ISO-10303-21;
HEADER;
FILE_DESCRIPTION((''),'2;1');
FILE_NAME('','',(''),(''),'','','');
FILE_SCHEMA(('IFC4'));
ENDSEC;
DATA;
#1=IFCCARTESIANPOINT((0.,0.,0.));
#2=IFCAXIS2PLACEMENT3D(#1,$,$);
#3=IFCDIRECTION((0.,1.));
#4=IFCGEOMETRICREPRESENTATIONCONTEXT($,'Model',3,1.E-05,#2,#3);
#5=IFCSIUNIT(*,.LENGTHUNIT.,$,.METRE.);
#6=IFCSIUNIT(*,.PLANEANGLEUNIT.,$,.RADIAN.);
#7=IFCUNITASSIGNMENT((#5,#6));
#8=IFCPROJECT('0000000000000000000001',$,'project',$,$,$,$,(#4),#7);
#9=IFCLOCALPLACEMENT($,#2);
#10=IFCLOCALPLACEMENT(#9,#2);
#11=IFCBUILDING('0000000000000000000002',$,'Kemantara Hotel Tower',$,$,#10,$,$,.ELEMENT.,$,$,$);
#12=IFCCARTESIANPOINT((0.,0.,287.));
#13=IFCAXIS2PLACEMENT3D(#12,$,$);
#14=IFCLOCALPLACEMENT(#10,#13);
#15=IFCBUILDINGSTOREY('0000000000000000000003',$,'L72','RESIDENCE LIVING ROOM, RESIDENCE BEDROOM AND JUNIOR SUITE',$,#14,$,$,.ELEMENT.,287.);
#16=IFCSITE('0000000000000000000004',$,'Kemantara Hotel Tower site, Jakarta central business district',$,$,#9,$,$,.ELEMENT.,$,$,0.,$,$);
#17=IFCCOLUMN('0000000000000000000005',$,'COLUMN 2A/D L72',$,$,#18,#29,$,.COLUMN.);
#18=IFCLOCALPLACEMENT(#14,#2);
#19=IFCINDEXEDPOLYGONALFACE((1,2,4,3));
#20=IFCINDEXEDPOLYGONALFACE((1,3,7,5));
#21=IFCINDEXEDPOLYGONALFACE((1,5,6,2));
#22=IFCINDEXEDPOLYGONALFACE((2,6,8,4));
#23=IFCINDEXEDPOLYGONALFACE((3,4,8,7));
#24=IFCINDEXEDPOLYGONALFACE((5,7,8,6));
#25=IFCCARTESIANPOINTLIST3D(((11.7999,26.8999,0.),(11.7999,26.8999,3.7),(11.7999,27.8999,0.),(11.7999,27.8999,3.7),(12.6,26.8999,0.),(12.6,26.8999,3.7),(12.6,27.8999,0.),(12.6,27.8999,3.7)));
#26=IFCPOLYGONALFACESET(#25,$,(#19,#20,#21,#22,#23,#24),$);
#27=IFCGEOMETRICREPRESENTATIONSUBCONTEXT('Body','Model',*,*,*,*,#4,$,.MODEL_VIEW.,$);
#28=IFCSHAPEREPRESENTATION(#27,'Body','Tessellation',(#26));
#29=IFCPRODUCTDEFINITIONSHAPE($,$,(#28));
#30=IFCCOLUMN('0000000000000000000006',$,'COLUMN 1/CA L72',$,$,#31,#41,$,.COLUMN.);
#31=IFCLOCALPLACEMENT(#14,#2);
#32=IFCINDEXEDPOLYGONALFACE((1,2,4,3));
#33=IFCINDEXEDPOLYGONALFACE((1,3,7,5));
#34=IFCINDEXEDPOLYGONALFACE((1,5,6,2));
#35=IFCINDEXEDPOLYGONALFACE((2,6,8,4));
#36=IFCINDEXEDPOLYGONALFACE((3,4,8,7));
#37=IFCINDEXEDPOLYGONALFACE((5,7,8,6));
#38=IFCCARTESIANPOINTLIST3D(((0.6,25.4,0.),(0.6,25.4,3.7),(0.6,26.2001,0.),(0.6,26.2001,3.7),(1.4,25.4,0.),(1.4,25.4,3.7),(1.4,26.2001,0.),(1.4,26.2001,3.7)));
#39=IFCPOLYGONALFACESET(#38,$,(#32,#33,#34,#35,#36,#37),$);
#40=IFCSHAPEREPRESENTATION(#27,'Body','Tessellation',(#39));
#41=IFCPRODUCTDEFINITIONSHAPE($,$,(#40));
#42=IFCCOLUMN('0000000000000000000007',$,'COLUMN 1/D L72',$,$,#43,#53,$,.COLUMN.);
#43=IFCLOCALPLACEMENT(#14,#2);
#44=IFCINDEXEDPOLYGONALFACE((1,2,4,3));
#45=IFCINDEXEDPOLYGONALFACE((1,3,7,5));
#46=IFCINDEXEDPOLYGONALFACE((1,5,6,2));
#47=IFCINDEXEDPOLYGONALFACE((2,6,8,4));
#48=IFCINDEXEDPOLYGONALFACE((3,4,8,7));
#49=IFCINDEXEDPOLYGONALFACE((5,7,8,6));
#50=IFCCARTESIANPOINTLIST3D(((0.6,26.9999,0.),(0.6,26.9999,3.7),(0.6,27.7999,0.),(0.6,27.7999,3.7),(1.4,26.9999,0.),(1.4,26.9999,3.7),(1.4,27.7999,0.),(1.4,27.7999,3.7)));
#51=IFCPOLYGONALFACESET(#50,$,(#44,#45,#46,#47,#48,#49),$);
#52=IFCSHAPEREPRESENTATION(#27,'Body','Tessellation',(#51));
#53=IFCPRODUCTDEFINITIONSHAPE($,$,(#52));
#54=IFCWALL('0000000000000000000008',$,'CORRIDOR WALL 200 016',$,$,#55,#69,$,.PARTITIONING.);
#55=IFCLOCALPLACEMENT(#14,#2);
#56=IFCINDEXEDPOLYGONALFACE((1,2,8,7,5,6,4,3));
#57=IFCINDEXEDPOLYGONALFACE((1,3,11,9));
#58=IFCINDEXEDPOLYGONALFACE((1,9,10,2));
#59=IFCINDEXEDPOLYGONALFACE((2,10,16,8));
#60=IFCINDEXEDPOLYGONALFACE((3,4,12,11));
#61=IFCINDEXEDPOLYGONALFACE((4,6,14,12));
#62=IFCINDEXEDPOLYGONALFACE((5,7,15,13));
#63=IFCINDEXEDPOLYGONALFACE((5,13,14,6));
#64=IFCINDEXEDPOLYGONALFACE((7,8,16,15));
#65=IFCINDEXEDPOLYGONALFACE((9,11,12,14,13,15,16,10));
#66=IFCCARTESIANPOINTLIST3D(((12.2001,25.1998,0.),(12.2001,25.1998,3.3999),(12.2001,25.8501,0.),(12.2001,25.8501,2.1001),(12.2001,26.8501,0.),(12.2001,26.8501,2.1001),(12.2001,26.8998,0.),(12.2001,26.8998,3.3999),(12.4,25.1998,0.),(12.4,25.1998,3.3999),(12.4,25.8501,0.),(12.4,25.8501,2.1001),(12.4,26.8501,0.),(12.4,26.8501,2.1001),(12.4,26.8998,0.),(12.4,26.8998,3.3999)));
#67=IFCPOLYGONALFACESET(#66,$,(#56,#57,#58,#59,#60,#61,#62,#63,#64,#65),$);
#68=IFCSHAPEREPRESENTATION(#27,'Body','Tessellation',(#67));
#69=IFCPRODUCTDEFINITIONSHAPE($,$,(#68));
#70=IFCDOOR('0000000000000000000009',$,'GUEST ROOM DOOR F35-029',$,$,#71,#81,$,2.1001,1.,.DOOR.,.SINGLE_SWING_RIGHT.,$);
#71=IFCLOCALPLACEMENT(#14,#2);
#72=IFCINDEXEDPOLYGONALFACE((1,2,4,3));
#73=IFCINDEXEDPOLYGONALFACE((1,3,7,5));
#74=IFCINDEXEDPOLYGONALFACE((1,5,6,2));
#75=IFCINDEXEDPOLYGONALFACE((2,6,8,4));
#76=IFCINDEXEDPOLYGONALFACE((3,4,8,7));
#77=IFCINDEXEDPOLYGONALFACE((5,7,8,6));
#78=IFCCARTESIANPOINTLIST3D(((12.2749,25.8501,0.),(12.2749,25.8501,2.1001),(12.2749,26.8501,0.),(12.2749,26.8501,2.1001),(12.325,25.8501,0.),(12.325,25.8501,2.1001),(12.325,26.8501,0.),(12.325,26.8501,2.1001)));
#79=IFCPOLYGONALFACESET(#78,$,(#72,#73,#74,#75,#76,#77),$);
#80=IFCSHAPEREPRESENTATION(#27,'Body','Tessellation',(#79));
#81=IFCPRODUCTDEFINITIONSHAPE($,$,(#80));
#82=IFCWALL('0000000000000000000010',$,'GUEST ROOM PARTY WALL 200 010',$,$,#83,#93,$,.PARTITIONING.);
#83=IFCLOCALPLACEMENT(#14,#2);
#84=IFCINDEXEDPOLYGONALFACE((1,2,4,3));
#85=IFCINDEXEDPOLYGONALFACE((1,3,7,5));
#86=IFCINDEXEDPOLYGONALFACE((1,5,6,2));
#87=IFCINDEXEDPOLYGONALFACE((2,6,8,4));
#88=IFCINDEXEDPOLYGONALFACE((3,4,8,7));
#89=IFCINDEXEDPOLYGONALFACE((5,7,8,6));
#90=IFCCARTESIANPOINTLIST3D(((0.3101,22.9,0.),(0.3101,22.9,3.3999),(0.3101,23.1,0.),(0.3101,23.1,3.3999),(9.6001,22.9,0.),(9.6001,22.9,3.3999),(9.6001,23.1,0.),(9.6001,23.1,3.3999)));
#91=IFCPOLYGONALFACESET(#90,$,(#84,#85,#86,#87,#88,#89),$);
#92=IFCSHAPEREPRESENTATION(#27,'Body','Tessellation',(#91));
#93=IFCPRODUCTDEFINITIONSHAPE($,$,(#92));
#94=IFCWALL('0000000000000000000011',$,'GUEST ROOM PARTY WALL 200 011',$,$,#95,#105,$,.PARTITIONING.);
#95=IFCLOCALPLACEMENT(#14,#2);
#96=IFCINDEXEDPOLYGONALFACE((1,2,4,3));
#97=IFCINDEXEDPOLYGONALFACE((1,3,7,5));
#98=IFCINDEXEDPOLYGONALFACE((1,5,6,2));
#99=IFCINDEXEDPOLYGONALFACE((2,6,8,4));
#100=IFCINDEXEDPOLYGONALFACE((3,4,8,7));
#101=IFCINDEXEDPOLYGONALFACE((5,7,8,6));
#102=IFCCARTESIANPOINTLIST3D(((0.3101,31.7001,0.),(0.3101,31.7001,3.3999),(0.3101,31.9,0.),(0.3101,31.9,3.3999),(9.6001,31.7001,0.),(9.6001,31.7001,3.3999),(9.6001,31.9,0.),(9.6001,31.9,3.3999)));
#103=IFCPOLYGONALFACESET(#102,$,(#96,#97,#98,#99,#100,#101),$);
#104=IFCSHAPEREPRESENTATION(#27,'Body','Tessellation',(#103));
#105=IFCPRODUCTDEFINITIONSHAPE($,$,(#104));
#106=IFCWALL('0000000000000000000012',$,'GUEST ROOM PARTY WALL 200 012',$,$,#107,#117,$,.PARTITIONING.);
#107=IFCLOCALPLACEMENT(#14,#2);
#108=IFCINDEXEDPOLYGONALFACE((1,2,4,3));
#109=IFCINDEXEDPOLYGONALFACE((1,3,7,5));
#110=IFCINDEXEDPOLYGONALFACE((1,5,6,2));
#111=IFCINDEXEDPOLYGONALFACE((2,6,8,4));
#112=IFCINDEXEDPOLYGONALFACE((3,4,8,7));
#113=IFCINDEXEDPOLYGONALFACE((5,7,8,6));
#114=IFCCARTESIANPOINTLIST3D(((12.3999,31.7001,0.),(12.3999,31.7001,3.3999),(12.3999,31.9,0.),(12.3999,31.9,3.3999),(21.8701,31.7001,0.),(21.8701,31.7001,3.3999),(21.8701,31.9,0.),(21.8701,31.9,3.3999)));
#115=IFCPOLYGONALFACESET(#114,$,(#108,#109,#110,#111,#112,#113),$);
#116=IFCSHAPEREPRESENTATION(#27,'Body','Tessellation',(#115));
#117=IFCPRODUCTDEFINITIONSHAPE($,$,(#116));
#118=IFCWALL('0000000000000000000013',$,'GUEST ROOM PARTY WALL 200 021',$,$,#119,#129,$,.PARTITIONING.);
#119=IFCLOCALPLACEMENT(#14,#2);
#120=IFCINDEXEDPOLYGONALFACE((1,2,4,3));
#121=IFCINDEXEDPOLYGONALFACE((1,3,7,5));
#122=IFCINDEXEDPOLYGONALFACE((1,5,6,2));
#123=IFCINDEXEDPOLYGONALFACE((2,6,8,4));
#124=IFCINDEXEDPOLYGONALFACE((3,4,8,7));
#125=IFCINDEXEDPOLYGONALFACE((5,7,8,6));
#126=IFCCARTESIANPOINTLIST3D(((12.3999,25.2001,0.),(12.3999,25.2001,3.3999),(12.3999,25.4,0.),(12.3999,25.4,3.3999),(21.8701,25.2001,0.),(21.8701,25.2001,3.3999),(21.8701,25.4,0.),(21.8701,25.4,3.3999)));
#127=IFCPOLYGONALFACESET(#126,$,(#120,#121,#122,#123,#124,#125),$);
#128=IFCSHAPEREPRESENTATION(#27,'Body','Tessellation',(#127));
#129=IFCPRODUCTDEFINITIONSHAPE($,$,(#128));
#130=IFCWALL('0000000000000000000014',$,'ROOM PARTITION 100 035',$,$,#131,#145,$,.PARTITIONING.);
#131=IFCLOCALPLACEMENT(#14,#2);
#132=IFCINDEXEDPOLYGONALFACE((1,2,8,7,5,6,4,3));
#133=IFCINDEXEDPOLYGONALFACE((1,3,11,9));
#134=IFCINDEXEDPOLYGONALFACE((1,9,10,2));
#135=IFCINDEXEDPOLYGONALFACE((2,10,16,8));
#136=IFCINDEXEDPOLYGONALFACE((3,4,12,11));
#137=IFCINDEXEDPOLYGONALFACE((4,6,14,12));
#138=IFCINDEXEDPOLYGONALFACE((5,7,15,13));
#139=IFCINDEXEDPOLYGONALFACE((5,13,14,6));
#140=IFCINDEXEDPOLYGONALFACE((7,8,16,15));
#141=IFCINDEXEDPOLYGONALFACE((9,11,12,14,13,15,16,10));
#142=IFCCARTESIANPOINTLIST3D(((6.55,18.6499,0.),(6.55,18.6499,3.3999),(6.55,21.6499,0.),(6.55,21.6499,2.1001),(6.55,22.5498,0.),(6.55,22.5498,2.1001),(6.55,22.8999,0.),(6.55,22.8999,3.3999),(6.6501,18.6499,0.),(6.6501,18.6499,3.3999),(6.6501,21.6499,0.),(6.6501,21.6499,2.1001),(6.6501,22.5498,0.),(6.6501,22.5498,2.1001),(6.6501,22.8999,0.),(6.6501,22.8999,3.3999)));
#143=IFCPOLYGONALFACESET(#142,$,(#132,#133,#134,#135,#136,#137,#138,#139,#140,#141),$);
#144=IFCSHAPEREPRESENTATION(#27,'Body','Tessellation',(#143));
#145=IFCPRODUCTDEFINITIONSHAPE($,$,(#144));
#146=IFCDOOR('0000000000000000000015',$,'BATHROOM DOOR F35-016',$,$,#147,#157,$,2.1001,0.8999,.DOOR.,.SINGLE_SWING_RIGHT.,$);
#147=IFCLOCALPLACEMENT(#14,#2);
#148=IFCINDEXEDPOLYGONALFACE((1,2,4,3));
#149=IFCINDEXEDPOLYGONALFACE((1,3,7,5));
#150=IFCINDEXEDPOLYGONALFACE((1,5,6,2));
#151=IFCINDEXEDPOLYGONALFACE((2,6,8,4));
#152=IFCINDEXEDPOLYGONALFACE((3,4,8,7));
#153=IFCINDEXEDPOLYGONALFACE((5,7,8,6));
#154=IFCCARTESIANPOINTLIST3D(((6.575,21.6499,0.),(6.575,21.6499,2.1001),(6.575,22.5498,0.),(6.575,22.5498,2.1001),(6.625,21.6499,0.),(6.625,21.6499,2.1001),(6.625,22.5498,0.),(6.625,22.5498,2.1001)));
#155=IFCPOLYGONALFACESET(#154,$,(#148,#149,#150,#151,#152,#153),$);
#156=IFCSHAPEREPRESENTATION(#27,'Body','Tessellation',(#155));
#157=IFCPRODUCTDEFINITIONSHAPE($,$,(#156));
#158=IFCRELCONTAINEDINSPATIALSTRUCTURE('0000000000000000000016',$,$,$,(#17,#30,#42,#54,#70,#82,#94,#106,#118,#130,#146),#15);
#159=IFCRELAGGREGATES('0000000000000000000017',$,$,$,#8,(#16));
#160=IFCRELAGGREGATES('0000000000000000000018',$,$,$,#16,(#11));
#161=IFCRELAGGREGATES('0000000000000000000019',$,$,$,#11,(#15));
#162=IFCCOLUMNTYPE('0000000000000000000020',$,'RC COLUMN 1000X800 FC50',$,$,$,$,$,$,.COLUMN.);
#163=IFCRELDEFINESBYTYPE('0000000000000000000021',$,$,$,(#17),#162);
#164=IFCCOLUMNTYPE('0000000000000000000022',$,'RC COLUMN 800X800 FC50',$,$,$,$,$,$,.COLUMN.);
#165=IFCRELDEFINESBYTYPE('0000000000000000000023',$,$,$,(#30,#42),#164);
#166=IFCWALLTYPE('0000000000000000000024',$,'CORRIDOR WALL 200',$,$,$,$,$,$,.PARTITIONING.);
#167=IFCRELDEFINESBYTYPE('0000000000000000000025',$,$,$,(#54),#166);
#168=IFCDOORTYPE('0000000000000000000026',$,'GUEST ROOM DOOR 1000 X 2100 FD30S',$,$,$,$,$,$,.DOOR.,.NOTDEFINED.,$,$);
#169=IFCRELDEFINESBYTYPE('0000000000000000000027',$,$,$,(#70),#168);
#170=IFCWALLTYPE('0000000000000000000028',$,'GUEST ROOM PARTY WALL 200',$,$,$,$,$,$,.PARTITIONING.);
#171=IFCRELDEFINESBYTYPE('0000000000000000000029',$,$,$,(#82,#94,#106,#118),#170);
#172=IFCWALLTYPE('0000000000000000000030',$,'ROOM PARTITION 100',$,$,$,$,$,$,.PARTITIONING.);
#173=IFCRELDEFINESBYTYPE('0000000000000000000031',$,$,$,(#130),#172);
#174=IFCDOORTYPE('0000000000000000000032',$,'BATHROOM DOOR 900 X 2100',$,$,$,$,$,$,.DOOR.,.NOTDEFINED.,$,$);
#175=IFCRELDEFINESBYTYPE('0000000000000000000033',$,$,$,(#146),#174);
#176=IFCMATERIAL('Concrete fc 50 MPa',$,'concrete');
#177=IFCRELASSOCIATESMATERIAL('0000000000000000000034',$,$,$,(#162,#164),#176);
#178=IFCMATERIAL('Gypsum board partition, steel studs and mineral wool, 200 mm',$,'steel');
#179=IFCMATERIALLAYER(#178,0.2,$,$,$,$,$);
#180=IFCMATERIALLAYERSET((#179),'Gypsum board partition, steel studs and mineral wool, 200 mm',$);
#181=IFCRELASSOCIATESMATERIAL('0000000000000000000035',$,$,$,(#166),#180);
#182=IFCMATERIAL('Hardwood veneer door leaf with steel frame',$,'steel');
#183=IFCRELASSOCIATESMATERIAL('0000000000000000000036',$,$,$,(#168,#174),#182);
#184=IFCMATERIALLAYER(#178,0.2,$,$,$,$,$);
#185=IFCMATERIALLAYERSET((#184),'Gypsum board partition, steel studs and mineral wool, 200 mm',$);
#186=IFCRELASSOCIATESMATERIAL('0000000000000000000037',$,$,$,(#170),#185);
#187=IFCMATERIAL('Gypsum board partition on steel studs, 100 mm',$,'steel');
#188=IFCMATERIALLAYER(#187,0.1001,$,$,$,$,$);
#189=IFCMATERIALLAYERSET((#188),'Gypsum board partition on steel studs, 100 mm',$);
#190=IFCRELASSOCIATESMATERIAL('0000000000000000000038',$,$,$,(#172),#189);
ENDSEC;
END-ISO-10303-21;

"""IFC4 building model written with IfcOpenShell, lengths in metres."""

from ifc_helpers import new_model, si_unit, direction, frame, frame_2d, origin, origin_2d, place, context, subcontext, project, spatial, rectangle, extrude, material, layer, layer_set, material_profile, profile_set, type_object, element, fill, save


model = new_model("IFC4")

# Units and contexts
model_context = context("Model", 3, precision=1e-05, world=origin(), true_north=direction((0.0, 1.0)))
body_context = subcontext(model_context, "Body", "Model", "MODEL_VIEW")
ifc_project = project(units=[si_unit("LENGTHUNIT", "METRE"), si_unit("PLANEANGLEUNIT", "RADIAN")], contexts=[model_context])

# Site, building, storey
site_placement = place(None, origin())
site = spatial("IfcSite", under=ifc_project, at=site_placement, Name="Kemantara Hotel Tower site, Jakarta central business district", CompositionType="ELEMENT", RefElevation=0.0)
building_placement = place(site_placement, origin())
building = spatial("IfcBuilding", under=site, at=building_placement, Name="Kemantara Hotel Tower", CompositionType="ELEMENT")
storey_placement = place(building_placement, frame((0.0, 0.0, 287.0)))
storey = spatial("IfcBuildingStorey", under=building, at=storey_placement, Name="L72", Description="RESIDENCE LIVING ROOM, RESIDENCE BEDROOM AND JUNIOR SUITE", CompositionType="ELEMENT", Elevation=287.0)

# Columns
ifc_material_1 = material(Name="Concrete fc 50 MPa", Category="concrete")
ifc_material_profile_1 = material_profile(ifc_material_1, rectangle(XDim=1.0, YDim=0.8, at=origin_2d()), Name="RC 1000X800")
ifc_profile_set_1 = profile_set([ifc_material_profile_1], Name="Concrete fc 50 MPa")
column_type_1 = type_object("IfcColumnType", Name="RC COLUMN 1000X800 FC50", PredefinedType="COLUMN", material=ifc_profile_set_1)
column_placement = place(storey_placement, frame((12.2, 27.3999, 0.0), z_axis=(0.0, 0.0, 1.0), x_axis=(0.0, 1.0, 0.0)))
element("IfcColumn", 1, at=column_placement, inside=storey, type_object=column_type_1, Name="COLUMN 2A/D L72", PredefinedType="COLUMN", context=body_context, shape_type="SweptSolid", body=[
    extrude(rectangle(XDim=1.0, YDim=0.8, at=origin_2d()), origin(), (0.0, 0.0, 1.0), 3.7),
])
ifc_material_profile_2 = material_profile(ifc_material_1, rectangle(XDim=0.8, YDim=0.8, at=origin_2d()), Name="RC 800X800")
ifc_profile_set_2 = profile_set([ifc_material_profile_2], Name="Concrete fc 50 MPa")
column_type_2 = type_object("IfcColumnType", Name="RC COLUMN 800X800 FC50", PredefinedType="COLUMN", material=ifc_profile_set_2)
for number, where, z_axis, x_axis, name in (
    (2, (1.0, 25.8, 0.0), (0.0, 0.0, 1.0), (1.0, 0.0, 0.0), "COLUMN 1/CA L72"),
    (3, (1.0, 27.3999, 0.0), (0.0, 0.0, 1.0), (1.0, 0.0, 0.0), "COLUMN 1/D L72"),
):
    element("IfcColumn", number, at=place(storey_placement, frame(where, z_axis=z_axis, x_axis=x_axis)), inside=storey, type_object=column_type_2, Name=name, PredefinedType="COLUMN", context=body_context, shape_type="SweptSolid", body=[
        extrude(rectangle(XDim=0.8, YDim=0.8, at=origin_2d()), origin(), (0.0, 0.0, 1.0), 3.7),
    ])

# Wall, opening, door
ifc_material_2 = material(Name="Gypsum board partition, steel studs and mineral wool, 200 mm", Category="steel")
ifc_layer_1 = layer(ifc_material_2, 0.2)
ifc_layer_set_1 = layer_set([ifc_layer_1], Name="Gypsum board partition, steel studs and mineral wool, 200 mm")
wall_type_1 = type_object("IfcWallType", Name="CORRIDOR WALL 200", PredefinedType="PARTITIONING", material=ifc_layer_set_1)
wall_1_placement = place(storey_placement, frame((12.3, 26.8999, 0.0), z_axis=(0.0, 0.0, 1.0), x_axis=(0.0, -1.0, 0.0)))
wall_1 = element("IfcWall", 4, at=wall_1_placement, inside=storey, type_object=wall_type_1, Name="CORRIDOR WALL 200 016", PredefinedType="PARTITIONING", context=body_context, shape_type="SweptSolid", body=[
    extrude(rectangle(XDim=1.7, YDim=0.2, at=frame_2d((0.8501, 0.0))), origin(), (0.0, 0.0, 1.0), 3.3999),
])
opening_1_placement = place(wall_1_placement, frame((0.0498, 0.0, 0.0)))
opening_1 = element("IfcOpeningElement", 5, at=opening_1_placement, cuts=wall_1, PredefinedType="OPENING", context=body_context, shape_type="SweptSolid", body=[
    extrude(rectangle(XDim=1.0, YDim=2.1001, at=frame_2d((0.5, 1.05))), frame((0.0, 0.1099, 0.0), z_axis=(0.0, -1.0, 0.0), x_axis=(1.0, 0.0, 0.0)), (0.0, 0.0, 1.0), 0.22),
])
ifc_material_3 = material(Name="Hardwood veneer door leaf with steel frame", Category="steel")
door_type_1 = type_object("IfcDoorType", Name="GUEST ROOM DOOR 1000 X 2100 FD30S", OperationType="NOTDEFINED", PredefinedType="DOOR", material=ifc_material_3)
door_1_placement = place(opening_1_placement, origin())
door_1 = element("IfcDoor", 6, at=door_1_placement, inside=storey, type_object=door_type_1, Name="GUEST ROOM DOOR F35-029", OperationType="SINGLE_SWING_RIGHT", OverallHeight=2.1001, OverallWidth=1.0, PredefinedType="DOOR", context=body_context, shape_type="SweptSolid", body=[
    extrude(rectangle(XDim=1.0, YDim=2.1001, at=frame_2d((0.5, 1.05))), frame((0.0, 0.0249, 0.0), z_axis=(0.0, -1.0, 0.0), x_axis=(1.0, 0.0, 0.0)), (0.0, 0.0, 1.0), 0.05),
])
fill(opening_1, door_1)

# Walls
ifc_layer_2 = layer(ifc_material_2, 0.2)
ifc_layer_set_2 = layer_set([ifc_layer_2], Name="Gypsum board partition, steel studs and mineral wool, 200 mm")
wall_type_2 = type_object("IfcWallType", Name="GUEST ROOM PARTY WALL 200", PredefinedType="PARTITIONING", material=ifc_layer_set_2)
for number, where, z_axis, x_axis, name in (
    (7, (0.3101, 23.0, 0.0), (0.0, 0.0, 1.0), (1.0, 0.0, 0.0), "GUEST ROOM PARTY WALL 200 010"),
    (8, (0.3101, 31.8, 0.0), (0.0, 0.0, 1.0), (1.0, 0.0, 0.0), "GUEST ROOM PARTY WALL 200 011"),
):
    element("IfcWall", number, at=place(storey_placement, frame(where, z_axis=z_axis, x_axis=x_axis)), inside=storey, type_object=wall_type_2, Name=name, PredefinedType="PARTITIONING", context=body_context, shape_type="SweptSolid", body=[
        extrude(rectangle(XDim=9.29, YDim=0.2, at=frame_2d((4.645, 0.0))), origin(), (0.0, 0.0, 1.0), 3.3999),
    ])
for number, where, z_axis, x_axis, name in (
    (9, (12.3999, 31.8, 0.0), (0.0, 0.0, 1.0), (1.0, 0.0, 0.0), "GUEST ROOM PARTY WALL 200 012"),
    (10, (12.3999, 25.3, 0.0), (0.0, 0.0, 1.0), (1.0, 0.0, 0.0), "GUEST ROOM PARTY WALL 200 021"),
):
    element("IfcWall", number, at=place(storey_placement, frame(where, z_axis=z_axis, x_axis=x_axis)), inside=storey, type_object=wall_type_2, Name=name, PredefinedType="PARTITIONING", context=body_context, shape_type="SweptSolid", body=[
        extrude(rectangle(XDim=9.4702, YDim=0.2, at=frame_2d((4.7351, 0.0))), origin(), (0.0, 0.0, 1.0), 3.3999),
    ])

# Wall, opening, door
ifc_material_4 = material(Name="Gypsum board partition on steel studs, 100 mm", Category="steel")
ifc_layer_3 = layer(ifc_material_4, 0.1001)
ifc_layer_set_3 = layer_set([ifc_layer_3], Name="Gypsum board partition on steel studs, 100 mm")
wall_type_3 = type_object("IfcWallType", Name="ROOM PARTITION 100", PredefinedType="PARTITIONING", material=ifc_layer_set_3)
wall_2_placement = place(storey_placement, frame((6.6001, 22.8999, 0.0), z_axis=(0.0, 0.0, 1.0), x_axis=(0.0, -1.0, 0.0)))
wall_2 = element("IfcWall", 11, at=wall_2_placement, inside=storey, type_object=wall_type_3, Name="ROOM PARTITION 100 035", PredefinedType="PARTITIONING", context=body_context, shape_type="SweptSolid", body=[
    extrude(rectangle(XDim=4.25, YDim=0.1001, at=frame_2d((2.125, 0.0))), origin(), (0.0, 0.0, 1.0), 3.3999),
])
opening_2_placement = place(wall_2_placement, frame((0.3501, 0.0, 0.0)))
opening_2 = element("IfcOpeningElement", 12, at=opening_2_placement, cuts=wall_2, PredefinedType="OPENING", context=body_context, shape_type="SweptSolid", body=[
    extrude(rectangle(XDim=0.8999, YDim=2.1001, at=frame_2d((0.45, 1.05))), frame((0.0, 0.0601, 0.0), z_axis=(0.0, -1.0, 0.0), x_axis=(1.0, 0.0, 0.0)), (0.0, 0.0, 1.0), 0.1201),
])
door_type_2 = type_object("IfcDoorType", Name="BATHROOM DOOR 900 X 2100", OperationType="NOTDEFINED", PredefinedType="DOOR", material=ifc_material_3)
door_2_placement = place(opening_2_placement, origin())
door_2 = element("IfcDoor", 13, at=door_2_placement, inside=storey, type_object=door_type_2, Name="BATHROOM DOOR F35-016", OperationType="SINGLE_SWING_RIGHT", OverallHeight=2.1001, OverallWidth=0.8999, PredefinedType="DOOR", context=body_context, shape_type="SweptSolid", body=[
    extrude(rectangle(XDim=0.8999, YDim=2.1001, at=frame_2d((0.45, 1.05))), frame((0.0, 0.0249, 0.0), z_axis=(0.0, -1.0, 0.0), x_axis=(1.0, 0.0, 0.0)), (0.0, 0.0, 1.0), 0.05),
])
fill(opening_2, door_2)

save(model, "model.ifc")
